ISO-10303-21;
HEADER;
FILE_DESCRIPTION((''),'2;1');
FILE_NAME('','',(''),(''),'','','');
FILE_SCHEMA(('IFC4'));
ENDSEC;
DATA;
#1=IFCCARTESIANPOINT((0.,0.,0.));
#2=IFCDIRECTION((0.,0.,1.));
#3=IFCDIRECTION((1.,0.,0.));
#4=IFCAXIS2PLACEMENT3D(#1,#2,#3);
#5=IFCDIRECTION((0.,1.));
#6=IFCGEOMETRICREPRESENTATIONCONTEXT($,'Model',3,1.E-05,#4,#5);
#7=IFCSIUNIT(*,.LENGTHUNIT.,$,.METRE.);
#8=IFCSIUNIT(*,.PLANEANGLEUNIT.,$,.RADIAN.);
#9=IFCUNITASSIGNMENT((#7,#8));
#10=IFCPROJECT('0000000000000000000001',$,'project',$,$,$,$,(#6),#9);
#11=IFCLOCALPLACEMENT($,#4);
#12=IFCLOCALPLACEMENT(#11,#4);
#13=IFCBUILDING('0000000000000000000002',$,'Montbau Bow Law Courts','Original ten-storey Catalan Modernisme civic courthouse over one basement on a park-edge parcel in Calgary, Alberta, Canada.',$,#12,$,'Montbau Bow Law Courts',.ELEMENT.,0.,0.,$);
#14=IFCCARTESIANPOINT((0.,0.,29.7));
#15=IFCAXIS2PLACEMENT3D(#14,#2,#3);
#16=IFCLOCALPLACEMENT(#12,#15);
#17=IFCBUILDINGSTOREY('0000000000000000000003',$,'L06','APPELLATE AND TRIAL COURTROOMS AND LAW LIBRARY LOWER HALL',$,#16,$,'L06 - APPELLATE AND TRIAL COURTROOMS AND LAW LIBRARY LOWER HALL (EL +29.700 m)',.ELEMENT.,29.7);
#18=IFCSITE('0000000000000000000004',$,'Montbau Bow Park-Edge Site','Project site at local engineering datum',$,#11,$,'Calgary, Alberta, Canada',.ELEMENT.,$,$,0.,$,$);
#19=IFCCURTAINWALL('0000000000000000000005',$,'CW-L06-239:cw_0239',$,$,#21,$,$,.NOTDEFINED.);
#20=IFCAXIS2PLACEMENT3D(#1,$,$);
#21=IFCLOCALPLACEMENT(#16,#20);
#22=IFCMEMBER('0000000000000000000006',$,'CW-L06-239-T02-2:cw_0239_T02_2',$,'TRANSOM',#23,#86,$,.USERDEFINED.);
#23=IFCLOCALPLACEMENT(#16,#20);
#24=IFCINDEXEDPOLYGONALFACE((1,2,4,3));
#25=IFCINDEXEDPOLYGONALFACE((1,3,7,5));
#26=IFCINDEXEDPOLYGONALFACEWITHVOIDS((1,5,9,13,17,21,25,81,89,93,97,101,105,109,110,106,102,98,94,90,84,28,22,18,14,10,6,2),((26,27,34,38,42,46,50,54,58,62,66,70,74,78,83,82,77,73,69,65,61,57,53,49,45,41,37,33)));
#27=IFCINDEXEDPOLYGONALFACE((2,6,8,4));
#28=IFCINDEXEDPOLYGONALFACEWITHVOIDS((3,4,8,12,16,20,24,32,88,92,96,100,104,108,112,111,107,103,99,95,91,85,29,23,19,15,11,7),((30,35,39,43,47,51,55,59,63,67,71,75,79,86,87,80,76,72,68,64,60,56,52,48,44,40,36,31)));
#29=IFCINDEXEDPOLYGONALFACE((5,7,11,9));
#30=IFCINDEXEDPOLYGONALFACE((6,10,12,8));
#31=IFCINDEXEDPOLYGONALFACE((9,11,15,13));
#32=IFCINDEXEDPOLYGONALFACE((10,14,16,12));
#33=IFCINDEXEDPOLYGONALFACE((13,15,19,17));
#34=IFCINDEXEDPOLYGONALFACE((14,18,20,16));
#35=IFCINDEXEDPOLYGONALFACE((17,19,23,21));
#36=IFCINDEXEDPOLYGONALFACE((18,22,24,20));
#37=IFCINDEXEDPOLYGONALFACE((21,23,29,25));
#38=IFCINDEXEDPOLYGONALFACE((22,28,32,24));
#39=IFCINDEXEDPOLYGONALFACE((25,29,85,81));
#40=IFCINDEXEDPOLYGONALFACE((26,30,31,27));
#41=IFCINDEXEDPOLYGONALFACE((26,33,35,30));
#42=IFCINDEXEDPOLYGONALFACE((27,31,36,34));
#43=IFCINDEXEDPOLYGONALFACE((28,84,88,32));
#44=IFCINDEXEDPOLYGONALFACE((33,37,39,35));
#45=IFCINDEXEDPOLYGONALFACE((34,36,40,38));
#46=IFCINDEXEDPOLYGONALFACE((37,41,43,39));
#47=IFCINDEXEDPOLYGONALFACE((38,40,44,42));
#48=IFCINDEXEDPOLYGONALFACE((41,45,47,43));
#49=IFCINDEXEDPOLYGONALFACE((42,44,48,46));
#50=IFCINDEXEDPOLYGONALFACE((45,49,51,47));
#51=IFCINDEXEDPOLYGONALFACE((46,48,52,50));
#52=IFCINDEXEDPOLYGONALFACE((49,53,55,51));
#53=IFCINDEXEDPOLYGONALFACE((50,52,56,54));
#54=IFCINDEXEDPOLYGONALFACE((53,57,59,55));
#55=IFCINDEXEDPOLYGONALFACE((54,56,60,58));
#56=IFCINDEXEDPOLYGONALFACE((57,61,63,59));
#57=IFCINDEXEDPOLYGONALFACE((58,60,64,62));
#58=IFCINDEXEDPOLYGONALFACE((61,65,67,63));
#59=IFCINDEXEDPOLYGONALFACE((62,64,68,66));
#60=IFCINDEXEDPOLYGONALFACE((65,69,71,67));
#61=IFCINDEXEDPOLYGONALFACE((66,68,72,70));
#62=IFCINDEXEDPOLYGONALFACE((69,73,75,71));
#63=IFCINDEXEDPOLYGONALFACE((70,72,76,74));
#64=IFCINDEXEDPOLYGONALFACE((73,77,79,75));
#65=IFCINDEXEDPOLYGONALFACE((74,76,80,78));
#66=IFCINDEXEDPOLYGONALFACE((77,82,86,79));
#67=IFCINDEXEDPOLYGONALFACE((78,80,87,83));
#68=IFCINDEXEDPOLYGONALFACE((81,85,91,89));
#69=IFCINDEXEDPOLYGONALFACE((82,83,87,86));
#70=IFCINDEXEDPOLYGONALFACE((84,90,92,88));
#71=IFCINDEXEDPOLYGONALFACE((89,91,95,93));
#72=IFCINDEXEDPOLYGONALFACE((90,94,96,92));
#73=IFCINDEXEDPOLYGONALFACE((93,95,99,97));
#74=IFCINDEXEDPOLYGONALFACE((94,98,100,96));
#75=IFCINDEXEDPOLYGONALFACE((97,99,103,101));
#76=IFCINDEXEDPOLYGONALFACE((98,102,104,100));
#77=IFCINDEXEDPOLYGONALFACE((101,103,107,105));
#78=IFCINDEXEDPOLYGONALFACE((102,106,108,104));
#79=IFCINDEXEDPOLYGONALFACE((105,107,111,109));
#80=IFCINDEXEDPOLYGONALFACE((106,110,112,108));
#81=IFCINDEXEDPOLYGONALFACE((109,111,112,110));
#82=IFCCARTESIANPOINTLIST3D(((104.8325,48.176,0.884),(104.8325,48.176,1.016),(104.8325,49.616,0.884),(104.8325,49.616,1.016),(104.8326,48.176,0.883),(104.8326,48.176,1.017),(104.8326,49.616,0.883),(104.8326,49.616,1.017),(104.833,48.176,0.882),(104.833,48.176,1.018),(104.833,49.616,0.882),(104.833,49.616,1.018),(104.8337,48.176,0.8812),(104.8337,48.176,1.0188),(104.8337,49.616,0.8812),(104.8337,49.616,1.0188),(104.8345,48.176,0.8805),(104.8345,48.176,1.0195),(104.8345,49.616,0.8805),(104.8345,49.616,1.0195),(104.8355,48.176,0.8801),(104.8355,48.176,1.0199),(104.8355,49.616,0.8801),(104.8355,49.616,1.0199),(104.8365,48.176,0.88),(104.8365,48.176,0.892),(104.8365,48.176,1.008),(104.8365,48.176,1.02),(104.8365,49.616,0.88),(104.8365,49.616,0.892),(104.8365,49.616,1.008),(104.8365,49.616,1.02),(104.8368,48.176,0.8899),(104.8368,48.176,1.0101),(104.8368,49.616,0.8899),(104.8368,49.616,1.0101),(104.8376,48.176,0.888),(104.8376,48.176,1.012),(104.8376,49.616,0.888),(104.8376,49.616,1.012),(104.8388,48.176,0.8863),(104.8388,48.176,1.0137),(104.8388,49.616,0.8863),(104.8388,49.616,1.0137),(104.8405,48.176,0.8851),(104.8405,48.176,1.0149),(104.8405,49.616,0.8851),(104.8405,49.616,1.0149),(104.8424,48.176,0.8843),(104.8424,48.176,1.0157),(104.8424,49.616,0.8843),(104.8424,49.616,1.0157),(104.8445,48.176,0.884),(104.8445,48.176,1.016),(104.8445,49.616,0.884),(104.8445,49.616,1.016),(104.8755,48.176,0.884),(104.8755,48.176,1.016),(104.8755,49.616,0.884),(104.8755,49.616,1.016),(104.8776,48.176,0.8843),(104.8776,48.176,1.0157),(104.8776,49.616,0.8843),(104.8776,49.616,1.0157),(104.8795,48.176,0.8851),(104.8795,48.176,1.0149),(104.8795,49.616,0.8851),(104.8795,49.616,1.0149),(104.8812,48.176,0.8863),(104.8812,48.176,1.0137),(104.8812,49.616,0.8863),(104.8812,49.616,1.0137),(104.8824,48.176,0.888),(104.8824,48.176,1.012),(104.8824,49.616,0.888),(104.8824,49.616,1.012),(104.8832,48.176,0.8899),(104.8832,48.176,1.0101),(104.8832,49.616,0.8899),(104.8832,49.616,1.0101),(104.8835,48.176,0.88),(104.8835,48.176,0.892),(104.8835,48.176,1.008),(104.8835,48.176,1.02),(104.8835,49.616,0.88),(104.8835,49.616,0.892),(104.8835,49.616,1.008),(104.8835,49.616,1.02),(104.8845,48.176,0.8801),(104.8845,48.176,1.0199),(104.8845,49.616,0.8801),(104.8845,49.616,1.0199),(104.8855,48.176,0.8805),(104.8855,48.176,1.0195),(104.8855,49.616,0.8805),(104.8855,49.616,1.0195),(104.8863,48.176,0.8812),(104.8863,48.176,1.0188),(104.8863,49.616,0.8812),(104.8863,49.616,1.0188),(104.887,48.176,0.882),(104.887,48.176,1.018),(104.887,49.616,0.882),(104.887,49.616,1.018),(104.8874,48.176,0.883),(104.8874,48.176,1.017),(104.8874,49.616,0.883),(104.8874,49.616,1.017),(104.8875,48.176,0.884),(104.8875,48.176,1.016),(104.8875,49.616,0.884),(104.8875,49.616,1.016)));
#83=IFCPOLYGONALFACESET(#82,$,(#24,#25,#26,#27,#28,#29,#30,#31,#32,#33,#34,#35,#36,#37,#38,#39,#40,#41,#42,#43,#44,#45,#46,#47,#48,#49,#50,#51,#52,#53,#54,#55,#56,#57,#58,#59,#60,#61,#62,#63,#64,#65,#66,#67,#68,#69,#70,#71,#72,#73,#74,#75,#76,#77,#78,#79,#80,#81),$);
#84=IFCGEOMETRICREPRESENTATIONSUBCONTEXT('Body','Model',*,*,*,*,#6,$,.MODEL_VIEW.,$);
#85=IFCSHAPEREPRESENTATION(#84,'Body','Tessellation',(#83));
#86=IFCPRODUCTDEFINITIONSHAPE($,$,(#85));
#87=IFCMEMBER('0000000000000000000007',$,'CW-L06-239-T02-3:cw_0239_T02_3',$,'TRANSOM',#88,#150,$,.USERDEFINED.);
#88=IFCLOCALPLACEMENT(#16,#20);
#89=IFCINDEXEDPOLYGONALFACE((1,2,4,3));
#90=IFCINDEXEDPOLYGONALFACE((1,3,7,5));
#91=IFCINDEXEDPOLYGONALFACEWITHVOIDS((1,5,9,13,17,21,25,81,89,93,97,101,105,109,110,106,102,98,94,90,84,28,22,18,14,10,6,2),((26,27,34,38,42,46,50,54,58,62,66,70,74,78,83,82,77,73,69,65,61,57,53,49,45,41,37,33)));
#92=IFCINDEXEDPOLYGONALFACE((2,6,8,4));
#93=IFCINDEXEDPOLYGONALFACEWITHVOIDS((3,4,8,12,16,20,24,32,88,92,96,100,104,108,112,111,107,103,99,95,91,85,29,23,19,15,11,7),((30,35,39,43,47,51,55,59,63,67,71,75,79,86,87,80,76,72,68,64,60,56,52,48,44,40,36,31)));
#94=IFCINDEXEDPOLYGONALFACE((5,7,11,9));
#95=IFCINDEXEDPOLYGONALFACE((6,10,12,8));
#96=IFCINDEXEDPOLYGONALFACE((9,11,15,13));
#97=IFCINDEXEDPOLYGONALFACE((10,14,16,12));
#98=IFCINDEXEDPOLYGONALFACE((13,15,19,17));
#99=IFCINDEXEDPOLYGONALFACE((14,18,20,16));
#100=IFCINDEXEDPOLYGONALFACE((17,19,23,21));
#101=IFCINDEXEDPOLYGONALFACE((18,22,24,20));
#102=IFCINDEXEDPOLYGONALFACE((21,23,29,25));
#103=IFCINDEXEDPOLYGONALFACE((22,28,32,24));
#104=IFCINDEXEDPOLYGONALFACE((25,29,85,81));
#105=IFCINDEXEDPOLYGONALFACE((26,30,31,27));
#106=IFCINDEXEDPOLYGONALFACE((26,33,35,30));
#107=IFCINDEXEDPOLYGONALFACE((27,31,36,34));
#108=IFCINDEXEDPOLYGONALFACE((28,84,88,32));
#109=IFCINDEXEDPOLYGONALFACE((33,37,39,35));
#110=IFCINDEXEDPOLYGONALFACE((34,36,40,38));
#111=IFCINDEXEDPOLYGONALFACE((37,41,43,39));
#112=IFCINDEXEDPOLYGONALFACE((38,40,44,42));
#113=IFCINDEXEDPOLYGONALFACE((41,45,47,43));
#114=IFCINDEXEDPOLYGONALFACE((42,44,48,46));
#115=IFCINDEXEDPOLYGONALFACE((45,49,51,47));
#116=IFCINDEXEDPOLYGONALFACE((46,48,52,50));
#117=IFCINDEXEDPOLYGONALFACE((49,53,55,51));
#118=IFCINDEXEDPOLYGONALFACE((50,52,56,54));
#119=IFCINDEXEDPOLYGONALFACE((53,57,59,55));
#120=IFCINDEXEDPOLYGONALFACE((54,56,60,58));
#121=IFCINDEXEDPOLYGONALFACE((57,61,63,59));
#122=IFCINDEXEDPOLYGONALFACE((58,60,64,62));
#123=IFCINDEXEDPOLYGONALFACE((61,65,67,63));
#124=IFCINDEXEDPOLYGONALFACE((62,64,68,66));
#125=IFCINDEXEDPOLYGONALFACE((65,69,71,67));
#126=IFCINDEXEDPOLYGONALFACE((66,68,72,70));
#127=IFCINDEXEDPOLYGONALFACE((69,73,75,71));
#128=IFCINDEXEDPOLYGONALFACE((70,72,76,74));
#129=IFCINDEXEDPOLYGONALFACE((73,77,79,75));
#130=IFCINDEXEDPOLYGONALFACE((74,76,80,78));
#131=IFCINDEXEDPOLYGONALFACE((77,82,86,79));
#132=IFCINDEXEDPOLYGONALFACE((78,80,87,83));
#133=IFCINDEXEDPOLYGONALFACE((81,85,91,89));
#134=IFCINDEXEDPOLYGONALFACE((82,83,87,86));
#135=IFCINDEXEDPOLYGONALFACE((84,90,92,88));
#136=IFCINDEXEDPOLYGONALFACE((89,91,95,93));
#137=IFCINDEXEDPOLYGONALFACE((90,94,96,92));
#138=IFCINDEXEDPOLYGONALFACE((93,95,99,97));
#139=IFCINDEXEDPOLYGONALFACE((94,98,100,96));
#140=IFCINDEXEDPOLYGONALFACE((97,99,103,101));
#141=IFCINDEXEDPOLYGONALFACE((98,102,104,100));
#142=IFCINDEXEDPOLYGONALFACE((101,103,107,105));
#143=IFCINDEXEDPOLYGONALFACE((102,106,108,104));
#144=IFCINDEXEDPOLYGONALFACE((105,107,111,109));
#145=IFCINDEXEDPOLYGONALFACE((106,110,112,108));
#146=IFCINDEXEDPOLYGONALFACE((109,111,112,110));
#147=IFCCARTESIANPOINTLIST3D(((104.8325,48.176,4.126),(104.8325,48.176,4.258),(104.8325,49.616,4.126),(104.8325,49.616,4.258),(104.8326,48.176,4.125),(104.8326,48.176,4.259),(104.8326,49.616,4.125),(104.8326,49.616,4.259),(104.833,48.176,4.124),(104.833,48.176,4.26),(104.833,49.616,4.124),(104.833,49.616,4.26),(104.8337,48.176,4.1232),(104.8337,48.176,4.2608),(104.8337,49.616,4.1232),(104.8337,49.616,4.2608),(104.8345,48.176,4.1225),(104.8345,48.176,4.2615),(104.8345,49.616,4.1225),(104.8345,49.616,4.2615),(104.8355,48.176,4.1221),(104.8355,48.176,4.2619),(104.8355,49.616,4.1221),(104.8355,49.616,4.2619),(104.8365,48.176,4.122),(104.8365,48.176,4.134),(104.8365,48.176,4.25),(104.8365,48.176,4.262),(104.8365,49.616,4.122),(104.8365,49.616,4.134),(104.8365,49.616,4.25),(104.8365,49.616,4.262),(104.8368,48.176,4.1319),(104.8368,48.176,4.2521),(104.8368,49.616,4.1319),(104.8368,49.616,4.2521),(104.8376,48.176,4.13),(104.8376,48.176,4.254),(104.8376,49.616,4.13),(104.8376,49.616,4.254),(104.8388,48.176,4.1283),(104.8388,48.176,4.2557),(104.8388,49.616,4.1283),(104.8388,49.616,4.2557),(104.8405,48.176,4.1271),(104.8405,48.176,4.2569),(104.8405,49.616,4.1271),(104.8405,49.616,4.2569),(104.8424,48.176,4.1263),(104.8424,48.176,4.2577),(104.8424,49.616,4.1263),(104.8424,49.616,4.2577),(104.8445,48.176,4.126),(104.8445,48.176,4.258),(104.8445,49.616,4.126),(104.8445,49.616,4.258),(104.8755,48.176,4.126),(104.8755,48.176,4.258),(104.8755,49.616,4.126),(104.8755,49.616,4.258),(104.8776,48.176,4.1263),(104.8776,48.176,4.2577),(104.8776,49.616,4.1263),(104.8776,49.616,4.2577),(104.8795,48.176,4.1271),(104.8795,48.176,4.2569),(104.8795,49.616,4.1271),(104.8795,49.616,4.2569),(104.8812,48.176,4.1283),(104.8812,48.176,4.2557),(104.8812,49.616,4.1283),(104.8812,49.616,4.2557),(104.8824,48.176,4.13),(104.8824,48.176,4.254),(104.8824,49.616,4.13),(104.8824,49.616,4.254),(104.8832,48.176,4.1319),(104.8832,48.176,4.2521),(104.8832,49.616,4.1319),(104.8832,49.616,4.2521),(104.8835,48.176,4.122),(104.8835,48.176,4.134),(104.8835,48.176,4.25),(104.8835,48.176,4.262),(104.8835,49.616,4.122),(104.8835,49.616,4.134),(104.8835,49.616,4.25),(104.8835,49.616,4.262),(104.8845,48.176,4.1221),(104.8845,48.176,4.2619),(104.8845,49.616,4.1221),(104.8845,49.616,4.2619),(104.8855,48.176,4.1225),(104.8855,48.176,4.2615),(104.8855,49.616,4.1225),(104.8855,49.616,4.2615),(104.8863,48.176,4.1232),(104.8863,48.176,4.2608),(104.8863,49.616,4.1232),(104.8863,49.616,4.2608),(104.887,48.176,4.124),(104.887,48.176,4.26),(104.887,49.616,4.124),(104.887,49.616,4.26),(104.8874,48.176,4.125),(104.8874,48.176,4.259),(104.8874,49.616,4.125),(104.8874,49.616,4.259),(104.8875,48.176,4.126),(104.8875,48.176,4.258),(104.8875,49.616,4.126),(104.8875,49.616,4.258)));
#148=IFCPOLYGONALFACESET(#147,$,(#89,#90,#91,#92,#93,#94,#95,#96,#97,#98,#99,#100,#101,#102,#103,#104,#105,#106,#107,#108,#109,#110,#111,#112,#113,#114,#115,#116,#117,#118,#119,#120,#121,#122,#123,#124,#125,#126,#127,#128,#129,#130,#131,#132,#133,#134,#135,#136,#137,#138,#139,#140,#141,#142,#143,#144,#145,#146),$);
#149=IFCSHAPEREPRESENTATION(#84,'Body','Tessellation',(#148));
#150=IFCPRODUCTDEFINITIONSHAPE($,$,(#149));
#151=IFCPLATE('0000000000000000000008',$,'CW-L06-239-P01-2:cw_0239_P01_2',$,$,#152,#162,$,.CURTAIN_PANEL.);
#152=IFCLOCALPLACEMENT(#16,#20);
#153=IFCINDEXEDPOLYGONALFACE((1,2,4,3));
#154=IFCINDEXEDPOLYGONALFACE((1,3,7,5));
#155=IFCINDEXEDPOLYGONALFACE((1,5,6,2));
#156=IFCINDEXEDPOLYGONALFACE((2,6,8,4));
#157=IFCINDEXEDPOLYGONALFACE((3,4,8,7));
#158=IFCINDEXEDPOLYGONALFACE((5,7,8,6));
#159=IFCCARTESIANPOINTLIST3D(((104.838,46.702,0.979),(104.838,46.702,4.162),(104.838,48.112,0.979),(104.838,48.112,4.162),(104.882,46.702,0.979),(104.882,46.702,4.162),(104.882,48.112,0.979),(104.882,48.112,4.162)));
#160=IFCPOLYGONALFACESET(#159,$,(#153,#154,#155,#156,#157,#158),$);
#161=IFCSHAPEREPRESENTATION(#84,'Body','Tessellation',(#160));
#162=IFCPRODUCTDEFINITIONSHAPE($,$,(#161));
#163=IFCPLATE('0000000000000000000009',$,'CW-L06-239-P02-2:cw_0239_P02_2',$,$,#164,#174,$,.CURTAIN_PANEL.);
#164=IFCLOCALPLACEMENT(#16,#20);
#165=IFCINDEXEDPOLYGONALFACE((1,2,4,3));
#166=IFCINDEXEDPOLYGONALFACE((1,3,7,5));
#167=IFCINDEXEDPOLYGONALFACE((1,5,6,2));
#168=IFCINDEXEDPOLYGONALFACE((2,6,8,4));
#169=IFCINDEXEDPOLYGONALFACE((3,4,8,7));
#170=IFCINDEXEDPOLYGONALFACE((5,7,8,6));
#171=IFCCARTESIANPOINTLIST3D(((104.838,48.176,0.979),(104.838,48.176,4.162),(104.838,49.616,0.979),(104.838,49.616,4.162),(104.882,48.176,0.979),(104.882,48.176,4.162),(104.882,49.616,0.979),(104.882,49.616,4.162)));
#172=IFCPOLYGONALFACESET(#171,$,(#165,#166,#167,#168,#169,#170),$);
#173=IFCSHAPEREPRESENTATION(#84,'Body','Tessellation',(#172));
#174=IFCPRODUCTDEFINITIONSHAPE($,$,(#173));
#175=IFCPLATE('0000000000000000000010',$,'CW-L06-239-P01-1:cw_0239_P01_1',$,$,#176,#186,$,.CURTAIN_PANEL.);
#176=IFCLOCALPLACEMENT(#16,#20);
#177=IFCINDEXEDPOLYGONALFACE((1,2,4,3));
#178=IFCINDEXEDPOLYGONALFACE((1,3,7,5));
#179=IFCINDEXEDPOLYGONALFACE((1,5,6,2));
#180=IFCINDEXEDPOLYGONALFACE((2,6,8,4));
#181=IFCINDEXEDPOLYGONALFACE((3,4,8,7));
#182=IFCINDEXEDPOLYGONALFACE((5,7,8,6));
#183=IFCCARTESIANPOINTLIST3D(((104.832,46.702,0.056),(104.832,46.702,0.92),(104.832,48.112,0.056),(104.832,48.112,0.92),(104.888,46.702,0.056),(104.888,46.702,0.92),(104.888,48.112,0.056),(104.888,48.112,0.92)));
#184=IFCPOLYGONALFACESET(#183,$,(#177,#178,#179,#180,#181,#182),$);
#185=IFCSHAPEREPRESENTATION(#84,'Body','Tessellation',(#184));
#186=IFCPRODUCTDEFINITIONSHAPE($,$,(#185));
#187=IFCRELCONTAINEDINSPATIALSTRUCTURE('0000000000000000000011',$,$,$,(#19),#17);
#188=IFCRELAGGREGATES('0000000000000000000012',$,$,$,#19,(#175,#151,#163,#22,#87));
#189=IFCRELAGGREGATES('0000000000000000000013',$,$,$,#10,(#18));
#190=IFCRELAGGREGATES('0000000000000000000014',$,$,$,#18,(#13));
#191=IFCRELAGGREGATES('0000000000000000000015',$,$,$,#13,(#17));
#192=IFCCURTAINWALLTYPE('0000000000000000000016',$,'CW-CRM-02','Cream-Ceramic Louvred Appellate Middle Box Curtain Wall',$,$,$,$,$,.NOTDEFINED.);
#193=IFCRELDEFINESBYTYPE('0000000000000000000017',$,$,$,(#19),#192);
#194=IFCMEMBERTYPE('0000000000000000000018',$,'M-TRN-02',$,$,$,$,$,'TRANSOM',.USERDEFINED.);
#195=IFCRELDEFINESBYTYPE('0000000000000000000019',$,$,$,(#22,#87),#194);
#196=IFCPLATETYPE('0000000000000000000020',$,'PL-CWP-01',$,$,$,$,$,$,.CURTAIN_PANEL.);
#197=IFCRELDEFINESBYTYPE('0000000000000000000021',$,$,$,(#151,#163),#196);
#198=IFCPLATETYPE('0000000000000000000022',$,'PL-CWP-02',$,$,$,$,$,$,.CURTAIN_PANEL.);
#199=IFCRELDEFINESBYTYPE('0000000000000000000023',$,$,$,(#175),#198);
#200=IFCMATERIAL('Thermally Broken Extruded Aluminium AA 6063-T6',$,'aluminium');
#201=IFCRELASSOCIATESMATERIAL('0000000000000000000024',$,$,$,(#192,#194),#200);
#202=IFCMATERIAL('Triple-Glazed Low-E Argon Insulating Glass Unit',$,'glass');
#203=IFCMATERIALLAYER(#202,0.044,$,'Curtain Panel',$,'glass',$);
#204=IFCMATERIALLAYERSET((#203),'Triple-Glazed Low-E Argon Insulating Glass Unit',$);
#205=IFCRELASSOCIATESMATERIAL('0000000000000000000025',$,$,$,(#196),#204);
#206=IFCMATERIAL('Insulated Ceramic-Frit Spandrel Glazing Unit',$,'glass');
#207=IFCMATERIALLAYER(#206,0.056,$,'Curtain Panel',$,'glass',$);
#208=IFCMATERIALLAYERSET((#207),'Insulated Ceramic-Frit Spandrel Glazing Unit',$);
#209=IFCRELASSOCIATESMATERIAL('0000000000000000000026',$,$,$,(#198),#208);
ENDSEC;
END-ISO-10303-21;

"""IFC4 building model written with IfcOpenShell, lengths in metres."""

from ifc_helpers import new_model, si_unit, direction, frame, frame_2d, origin_with_axes, origin_2d_with_axis, place, context, subcontext, project, spatial, rectangle, hollow_rectangle, extrude, material, layer, layer_set, material_profile, profile_set, type_object, element, aggregate, save


model = new_model("IFC4")

# Units and contexts
model_context = context("Model", 3, precision=1e-05, world=origin_with_axes(), true_north=direction((0.0, 1.0)))
body_context = subcontext(model_context, "Body", "Model", "MODEL_VIEW")
ifc_project = project(units=[si_unit("LENGTHUNIT", "METRE"), si_unit("PLANEANGLEUNIT", "RADIAN")], contexts=[model_context])

# Site, building, storey
site_placement = place(None, origin_with_axes())
site = spatial("IfcSite", under=ifc_project, at=site_placement, Name="Montbau Bow Park-Edge Site", Description="Project site at local engineering datum", LongName="Calgary, Alberta, Canada", CompositionType="ELEMENT", RefElevation=0.0)
building_placement = place(site_placement, origin_with_axes())
building = spatial("IfcBuilding", under=site, at=building_placement, Name="Montbau Bow Law Courts", Description="Original ten-storey Catalan Modernisme civic courthouse over one basement on a park-edge parcel in Calgary, Alberta, Canada.", LongName="Montbau Bow Law Courts", CompositionType="ELEMENT", ElevationOfRefHeight=0.0, ElevationOfTerrain=0.0)
storey_placement = place(building_placement, frame((0.0, 0.0, 29.7), z_axis=(0.0, 0.0, 1.0), x_axis=(1.0, 0.0, 0.0)))
storey = spatial("IfcBuildingStorey", under=building, at=storey_placement, Name="L06", Description="APPELLATE AND TRIAL COURTROOMS AND LAW LIBRARY LOWER HALL", LongName="L06 - APPELLATE AND TRIAL COURTROOMS AND LAW LIBRARY LOWER HALL (EL +29.700 m)", CompositionType="ELEMENT", Elevation=29.7)

# Shared definitions
ifc_material_1 = material(Name="Thermally Broken Extruded Aluminium AA 6063-T6", Category="aluminium")
curtain_wall_type = type_object("IfcCurtainWallType", Name="CW-CRM-02", Description="Cream-Ceramic Louvred Appellate Middle Box Curtain Wall", PredefinedType="NOTDEFINED", material=ifc_material_1)

# Curtain wall
curtain_wall_1_placement = place(None, frame((104.86, 46.64, 29.7), z_axis=(0.0, 0.0, 1.0), x_axis=(1.0, 0.0, 0.0)))
curtain_wall_1 = element("IfcCurtainWall", 1, at=curtain_wall_1_placement, inside=storey, type_object=curtain_wall_type, Name="CW-L06-239:cw_0239", PredefinedType="NOTDEFINED")

# Members
ifc_material_profile_1 = material_profile(ifc_material_1, hollow_rectangle(XDim=0.055, YDim=0.14, WallThickness=0.004, InnerFilletRadius=0.008, OuterFilletRadius=0.004, at=origin_2d_with_axis()), Name="CWT-140X55", Category="Main", Priority=0)
ifc_profile_set_1 = profile_set([ifc_material_profile_1], Name="Thermally Broken Extruded Aluminium AA 6063-T6")
member_type_1 = type_object("IfcMemberType", Name="M-TRN-02", ElementType="TRANSOM", PredefinedType="USERDEFINED", material=ifc_profile_set_1)
member_1_placement = place(None, frame((104.86, 48.176, 30.65), z_axis=(0.0, 1.0, 0.0), x_axis=(-1.0, 0.0, 0.0)))
member_1 = element("IfcMember", 2, at=member_1_placement, type_object=member_type_1, Name="CW-L06-239-T02-2:cw_0239_T02_2", ObjectType="TRANSOM", PredefinedType="USERDEFINED", context=body_context, shape_type="SweptSolid", body=[
    extrude(hollow_rectangle(XDim=0.055, YDim=0.14, WallThickness=0.004, InnerFilletRadius=0.008, OuterFilletRadius=0.004, at=origin_2d_with_axis()), origin_with_axes(), (0.0, 0.0, 1.0), 1.44),
])
member_2_placement = place(None, frame((104.86, 48.176, 33.892), z_axis=(0.0, 1.0, 0.0), x_axis=(-1.0, 0.0, 0.0)))
member_2 = element("IfcMember", 3, at=member_2_placement, type_object=member_type_1, Name="CW-L06-239-T02-3:cw_0239_T02_3", ObjectType="TRANSOM", PredefinedType="USERDEFINED", context=body_context, shape_type="SweptSolid", body=[
    extrude(hollow_rectangle(XDim=0.055, YDim=0.14, WallThickness=0.004, InnerFilletRadius=0.008, OuterFilletRadius=0.004, at=origin_2d_with_axis()), origin_with_axes(), (0.0, 0.0, 1.0), 1.44),
])

# Plates
ifc_material_2 = material(Name="Triple-Glazed Low-E Argon Insulating Glass Unit", Category="glass")
ifc_layer_1 = layer(ifc_material_2, 0.044, Name="Curtain Panel", Category="glass")
ifc_layer_set_1 = layer_set([ifc_layer_1], Name="Triple-Glazed Low-E Argon Insulating Glass Unit")
plate_type_1 = type_object("IfcPlateType", Name="PL-CWP-01", PredefinedType="CURTAIN_PANEL", material=ifc_layer_set_1)
plate_1_placement = place(None, frame((104.86, 46.702, 30.679), z_axis=(1.0, 0.0, 0.0), x_axis=(0.0, 1.0, 0.0)))
plate_1 = element("IfcPlate", 4, at=plate_1_placement, type_object=plate_type_1, Name="CW-L06-239-P01-2:cw_0239_P01_2", PredefinedType="CURTAIN_PANEL", context=body_context, shape_type="SweptSolid", body=[
    extrude(rectangle(XDim=1.41, YDim=3.183, at=frame_2d((0.705, 1.5915), x_axis=(1.0, 0.0))), frame((0.0, 0.0, -0.022), z_axis=(0.0, 0.0, 1.0), x_axis=(1.0, 0.0, 0.0)), (0.0, 0.0, 1.0), 0.044),
])
plate_2_placement = place(None, frame((104.86, 48.176, 30.679), z_axis=(1.0, 0.0, 0.0), x_axis=(0.0, 1.0, 0.0)))
plate_2 = element("IfcPlate", 5, at=plate_2_placement, type_object=plate_type_1, Name="CW-L06-239-P02-2:cw_0239_P02_2", PredefinedType="CURTAIN_PANEL", context=body_context, shape_type="SweptSolid", body=[
    extrude(rectangle(XDim=1.44, YDim=3.183, at=frame_2d((0.72, 1.5915), x_axis=(1.0, 0.0))), frame((0.0, 0.0, -0.022), z_axis=(0.0, 0.0, 1.0), x_axis=(1.0, 0.0, 0.0)), (0.0, 0.0, 1.0), 0.044),
])
ifc_material_3 = material(Name="Insulated Ceramic-Frit Spandrel Glazing Unit", Category="glass")
ifc_layer_2 = layer(ifc_material_3, 0.056, Name="Curtain Panel", Category="glass")
ifc_layer_set_2 = layer_set([ifc_layer_2], Name="Insulated Ceramic-Frit Spandrel Glazing Unit")
plate_type_2 = type_object("IfcPlateType", Name="PL-CWP-02", PredefinedType="CURTAIN_PANEL", material=ifc_layer_set_2)
plate_3_placement = place(None, frame((104.86, 46.702, 29.756), z_axis=(1.0, 0.0, 0.0), x_axis=(0.0, 1.0, 0.0)))
plate_3 = element("IfcPlate", 6, at=plate_3_placement, type_object=plate_type_2, Name="CW-L06-239-P01-1:cw_0239_P01_1", PredefinedType="CURTAIN_PANEL", context=body_context, shape_type="SweptSolid", body=[
    extrude(rectangle(XDim=1.41, YDim=0.864, at=frame_2d((0.705, 0.432), x_axis=(1.0, 0.0))), frame((0.0, 0.0, -0.028), z_axis=(0.0, 0.0, 1.0), x_axis=(1.0, 0.0, 0.0)), (0.0, 0.0, 1.0), 0.056),
])
aggregate(curtain_wall_1, [plate_3, plate_1, plate_2, member_1, member_2])

save(model, "model.ifc")
